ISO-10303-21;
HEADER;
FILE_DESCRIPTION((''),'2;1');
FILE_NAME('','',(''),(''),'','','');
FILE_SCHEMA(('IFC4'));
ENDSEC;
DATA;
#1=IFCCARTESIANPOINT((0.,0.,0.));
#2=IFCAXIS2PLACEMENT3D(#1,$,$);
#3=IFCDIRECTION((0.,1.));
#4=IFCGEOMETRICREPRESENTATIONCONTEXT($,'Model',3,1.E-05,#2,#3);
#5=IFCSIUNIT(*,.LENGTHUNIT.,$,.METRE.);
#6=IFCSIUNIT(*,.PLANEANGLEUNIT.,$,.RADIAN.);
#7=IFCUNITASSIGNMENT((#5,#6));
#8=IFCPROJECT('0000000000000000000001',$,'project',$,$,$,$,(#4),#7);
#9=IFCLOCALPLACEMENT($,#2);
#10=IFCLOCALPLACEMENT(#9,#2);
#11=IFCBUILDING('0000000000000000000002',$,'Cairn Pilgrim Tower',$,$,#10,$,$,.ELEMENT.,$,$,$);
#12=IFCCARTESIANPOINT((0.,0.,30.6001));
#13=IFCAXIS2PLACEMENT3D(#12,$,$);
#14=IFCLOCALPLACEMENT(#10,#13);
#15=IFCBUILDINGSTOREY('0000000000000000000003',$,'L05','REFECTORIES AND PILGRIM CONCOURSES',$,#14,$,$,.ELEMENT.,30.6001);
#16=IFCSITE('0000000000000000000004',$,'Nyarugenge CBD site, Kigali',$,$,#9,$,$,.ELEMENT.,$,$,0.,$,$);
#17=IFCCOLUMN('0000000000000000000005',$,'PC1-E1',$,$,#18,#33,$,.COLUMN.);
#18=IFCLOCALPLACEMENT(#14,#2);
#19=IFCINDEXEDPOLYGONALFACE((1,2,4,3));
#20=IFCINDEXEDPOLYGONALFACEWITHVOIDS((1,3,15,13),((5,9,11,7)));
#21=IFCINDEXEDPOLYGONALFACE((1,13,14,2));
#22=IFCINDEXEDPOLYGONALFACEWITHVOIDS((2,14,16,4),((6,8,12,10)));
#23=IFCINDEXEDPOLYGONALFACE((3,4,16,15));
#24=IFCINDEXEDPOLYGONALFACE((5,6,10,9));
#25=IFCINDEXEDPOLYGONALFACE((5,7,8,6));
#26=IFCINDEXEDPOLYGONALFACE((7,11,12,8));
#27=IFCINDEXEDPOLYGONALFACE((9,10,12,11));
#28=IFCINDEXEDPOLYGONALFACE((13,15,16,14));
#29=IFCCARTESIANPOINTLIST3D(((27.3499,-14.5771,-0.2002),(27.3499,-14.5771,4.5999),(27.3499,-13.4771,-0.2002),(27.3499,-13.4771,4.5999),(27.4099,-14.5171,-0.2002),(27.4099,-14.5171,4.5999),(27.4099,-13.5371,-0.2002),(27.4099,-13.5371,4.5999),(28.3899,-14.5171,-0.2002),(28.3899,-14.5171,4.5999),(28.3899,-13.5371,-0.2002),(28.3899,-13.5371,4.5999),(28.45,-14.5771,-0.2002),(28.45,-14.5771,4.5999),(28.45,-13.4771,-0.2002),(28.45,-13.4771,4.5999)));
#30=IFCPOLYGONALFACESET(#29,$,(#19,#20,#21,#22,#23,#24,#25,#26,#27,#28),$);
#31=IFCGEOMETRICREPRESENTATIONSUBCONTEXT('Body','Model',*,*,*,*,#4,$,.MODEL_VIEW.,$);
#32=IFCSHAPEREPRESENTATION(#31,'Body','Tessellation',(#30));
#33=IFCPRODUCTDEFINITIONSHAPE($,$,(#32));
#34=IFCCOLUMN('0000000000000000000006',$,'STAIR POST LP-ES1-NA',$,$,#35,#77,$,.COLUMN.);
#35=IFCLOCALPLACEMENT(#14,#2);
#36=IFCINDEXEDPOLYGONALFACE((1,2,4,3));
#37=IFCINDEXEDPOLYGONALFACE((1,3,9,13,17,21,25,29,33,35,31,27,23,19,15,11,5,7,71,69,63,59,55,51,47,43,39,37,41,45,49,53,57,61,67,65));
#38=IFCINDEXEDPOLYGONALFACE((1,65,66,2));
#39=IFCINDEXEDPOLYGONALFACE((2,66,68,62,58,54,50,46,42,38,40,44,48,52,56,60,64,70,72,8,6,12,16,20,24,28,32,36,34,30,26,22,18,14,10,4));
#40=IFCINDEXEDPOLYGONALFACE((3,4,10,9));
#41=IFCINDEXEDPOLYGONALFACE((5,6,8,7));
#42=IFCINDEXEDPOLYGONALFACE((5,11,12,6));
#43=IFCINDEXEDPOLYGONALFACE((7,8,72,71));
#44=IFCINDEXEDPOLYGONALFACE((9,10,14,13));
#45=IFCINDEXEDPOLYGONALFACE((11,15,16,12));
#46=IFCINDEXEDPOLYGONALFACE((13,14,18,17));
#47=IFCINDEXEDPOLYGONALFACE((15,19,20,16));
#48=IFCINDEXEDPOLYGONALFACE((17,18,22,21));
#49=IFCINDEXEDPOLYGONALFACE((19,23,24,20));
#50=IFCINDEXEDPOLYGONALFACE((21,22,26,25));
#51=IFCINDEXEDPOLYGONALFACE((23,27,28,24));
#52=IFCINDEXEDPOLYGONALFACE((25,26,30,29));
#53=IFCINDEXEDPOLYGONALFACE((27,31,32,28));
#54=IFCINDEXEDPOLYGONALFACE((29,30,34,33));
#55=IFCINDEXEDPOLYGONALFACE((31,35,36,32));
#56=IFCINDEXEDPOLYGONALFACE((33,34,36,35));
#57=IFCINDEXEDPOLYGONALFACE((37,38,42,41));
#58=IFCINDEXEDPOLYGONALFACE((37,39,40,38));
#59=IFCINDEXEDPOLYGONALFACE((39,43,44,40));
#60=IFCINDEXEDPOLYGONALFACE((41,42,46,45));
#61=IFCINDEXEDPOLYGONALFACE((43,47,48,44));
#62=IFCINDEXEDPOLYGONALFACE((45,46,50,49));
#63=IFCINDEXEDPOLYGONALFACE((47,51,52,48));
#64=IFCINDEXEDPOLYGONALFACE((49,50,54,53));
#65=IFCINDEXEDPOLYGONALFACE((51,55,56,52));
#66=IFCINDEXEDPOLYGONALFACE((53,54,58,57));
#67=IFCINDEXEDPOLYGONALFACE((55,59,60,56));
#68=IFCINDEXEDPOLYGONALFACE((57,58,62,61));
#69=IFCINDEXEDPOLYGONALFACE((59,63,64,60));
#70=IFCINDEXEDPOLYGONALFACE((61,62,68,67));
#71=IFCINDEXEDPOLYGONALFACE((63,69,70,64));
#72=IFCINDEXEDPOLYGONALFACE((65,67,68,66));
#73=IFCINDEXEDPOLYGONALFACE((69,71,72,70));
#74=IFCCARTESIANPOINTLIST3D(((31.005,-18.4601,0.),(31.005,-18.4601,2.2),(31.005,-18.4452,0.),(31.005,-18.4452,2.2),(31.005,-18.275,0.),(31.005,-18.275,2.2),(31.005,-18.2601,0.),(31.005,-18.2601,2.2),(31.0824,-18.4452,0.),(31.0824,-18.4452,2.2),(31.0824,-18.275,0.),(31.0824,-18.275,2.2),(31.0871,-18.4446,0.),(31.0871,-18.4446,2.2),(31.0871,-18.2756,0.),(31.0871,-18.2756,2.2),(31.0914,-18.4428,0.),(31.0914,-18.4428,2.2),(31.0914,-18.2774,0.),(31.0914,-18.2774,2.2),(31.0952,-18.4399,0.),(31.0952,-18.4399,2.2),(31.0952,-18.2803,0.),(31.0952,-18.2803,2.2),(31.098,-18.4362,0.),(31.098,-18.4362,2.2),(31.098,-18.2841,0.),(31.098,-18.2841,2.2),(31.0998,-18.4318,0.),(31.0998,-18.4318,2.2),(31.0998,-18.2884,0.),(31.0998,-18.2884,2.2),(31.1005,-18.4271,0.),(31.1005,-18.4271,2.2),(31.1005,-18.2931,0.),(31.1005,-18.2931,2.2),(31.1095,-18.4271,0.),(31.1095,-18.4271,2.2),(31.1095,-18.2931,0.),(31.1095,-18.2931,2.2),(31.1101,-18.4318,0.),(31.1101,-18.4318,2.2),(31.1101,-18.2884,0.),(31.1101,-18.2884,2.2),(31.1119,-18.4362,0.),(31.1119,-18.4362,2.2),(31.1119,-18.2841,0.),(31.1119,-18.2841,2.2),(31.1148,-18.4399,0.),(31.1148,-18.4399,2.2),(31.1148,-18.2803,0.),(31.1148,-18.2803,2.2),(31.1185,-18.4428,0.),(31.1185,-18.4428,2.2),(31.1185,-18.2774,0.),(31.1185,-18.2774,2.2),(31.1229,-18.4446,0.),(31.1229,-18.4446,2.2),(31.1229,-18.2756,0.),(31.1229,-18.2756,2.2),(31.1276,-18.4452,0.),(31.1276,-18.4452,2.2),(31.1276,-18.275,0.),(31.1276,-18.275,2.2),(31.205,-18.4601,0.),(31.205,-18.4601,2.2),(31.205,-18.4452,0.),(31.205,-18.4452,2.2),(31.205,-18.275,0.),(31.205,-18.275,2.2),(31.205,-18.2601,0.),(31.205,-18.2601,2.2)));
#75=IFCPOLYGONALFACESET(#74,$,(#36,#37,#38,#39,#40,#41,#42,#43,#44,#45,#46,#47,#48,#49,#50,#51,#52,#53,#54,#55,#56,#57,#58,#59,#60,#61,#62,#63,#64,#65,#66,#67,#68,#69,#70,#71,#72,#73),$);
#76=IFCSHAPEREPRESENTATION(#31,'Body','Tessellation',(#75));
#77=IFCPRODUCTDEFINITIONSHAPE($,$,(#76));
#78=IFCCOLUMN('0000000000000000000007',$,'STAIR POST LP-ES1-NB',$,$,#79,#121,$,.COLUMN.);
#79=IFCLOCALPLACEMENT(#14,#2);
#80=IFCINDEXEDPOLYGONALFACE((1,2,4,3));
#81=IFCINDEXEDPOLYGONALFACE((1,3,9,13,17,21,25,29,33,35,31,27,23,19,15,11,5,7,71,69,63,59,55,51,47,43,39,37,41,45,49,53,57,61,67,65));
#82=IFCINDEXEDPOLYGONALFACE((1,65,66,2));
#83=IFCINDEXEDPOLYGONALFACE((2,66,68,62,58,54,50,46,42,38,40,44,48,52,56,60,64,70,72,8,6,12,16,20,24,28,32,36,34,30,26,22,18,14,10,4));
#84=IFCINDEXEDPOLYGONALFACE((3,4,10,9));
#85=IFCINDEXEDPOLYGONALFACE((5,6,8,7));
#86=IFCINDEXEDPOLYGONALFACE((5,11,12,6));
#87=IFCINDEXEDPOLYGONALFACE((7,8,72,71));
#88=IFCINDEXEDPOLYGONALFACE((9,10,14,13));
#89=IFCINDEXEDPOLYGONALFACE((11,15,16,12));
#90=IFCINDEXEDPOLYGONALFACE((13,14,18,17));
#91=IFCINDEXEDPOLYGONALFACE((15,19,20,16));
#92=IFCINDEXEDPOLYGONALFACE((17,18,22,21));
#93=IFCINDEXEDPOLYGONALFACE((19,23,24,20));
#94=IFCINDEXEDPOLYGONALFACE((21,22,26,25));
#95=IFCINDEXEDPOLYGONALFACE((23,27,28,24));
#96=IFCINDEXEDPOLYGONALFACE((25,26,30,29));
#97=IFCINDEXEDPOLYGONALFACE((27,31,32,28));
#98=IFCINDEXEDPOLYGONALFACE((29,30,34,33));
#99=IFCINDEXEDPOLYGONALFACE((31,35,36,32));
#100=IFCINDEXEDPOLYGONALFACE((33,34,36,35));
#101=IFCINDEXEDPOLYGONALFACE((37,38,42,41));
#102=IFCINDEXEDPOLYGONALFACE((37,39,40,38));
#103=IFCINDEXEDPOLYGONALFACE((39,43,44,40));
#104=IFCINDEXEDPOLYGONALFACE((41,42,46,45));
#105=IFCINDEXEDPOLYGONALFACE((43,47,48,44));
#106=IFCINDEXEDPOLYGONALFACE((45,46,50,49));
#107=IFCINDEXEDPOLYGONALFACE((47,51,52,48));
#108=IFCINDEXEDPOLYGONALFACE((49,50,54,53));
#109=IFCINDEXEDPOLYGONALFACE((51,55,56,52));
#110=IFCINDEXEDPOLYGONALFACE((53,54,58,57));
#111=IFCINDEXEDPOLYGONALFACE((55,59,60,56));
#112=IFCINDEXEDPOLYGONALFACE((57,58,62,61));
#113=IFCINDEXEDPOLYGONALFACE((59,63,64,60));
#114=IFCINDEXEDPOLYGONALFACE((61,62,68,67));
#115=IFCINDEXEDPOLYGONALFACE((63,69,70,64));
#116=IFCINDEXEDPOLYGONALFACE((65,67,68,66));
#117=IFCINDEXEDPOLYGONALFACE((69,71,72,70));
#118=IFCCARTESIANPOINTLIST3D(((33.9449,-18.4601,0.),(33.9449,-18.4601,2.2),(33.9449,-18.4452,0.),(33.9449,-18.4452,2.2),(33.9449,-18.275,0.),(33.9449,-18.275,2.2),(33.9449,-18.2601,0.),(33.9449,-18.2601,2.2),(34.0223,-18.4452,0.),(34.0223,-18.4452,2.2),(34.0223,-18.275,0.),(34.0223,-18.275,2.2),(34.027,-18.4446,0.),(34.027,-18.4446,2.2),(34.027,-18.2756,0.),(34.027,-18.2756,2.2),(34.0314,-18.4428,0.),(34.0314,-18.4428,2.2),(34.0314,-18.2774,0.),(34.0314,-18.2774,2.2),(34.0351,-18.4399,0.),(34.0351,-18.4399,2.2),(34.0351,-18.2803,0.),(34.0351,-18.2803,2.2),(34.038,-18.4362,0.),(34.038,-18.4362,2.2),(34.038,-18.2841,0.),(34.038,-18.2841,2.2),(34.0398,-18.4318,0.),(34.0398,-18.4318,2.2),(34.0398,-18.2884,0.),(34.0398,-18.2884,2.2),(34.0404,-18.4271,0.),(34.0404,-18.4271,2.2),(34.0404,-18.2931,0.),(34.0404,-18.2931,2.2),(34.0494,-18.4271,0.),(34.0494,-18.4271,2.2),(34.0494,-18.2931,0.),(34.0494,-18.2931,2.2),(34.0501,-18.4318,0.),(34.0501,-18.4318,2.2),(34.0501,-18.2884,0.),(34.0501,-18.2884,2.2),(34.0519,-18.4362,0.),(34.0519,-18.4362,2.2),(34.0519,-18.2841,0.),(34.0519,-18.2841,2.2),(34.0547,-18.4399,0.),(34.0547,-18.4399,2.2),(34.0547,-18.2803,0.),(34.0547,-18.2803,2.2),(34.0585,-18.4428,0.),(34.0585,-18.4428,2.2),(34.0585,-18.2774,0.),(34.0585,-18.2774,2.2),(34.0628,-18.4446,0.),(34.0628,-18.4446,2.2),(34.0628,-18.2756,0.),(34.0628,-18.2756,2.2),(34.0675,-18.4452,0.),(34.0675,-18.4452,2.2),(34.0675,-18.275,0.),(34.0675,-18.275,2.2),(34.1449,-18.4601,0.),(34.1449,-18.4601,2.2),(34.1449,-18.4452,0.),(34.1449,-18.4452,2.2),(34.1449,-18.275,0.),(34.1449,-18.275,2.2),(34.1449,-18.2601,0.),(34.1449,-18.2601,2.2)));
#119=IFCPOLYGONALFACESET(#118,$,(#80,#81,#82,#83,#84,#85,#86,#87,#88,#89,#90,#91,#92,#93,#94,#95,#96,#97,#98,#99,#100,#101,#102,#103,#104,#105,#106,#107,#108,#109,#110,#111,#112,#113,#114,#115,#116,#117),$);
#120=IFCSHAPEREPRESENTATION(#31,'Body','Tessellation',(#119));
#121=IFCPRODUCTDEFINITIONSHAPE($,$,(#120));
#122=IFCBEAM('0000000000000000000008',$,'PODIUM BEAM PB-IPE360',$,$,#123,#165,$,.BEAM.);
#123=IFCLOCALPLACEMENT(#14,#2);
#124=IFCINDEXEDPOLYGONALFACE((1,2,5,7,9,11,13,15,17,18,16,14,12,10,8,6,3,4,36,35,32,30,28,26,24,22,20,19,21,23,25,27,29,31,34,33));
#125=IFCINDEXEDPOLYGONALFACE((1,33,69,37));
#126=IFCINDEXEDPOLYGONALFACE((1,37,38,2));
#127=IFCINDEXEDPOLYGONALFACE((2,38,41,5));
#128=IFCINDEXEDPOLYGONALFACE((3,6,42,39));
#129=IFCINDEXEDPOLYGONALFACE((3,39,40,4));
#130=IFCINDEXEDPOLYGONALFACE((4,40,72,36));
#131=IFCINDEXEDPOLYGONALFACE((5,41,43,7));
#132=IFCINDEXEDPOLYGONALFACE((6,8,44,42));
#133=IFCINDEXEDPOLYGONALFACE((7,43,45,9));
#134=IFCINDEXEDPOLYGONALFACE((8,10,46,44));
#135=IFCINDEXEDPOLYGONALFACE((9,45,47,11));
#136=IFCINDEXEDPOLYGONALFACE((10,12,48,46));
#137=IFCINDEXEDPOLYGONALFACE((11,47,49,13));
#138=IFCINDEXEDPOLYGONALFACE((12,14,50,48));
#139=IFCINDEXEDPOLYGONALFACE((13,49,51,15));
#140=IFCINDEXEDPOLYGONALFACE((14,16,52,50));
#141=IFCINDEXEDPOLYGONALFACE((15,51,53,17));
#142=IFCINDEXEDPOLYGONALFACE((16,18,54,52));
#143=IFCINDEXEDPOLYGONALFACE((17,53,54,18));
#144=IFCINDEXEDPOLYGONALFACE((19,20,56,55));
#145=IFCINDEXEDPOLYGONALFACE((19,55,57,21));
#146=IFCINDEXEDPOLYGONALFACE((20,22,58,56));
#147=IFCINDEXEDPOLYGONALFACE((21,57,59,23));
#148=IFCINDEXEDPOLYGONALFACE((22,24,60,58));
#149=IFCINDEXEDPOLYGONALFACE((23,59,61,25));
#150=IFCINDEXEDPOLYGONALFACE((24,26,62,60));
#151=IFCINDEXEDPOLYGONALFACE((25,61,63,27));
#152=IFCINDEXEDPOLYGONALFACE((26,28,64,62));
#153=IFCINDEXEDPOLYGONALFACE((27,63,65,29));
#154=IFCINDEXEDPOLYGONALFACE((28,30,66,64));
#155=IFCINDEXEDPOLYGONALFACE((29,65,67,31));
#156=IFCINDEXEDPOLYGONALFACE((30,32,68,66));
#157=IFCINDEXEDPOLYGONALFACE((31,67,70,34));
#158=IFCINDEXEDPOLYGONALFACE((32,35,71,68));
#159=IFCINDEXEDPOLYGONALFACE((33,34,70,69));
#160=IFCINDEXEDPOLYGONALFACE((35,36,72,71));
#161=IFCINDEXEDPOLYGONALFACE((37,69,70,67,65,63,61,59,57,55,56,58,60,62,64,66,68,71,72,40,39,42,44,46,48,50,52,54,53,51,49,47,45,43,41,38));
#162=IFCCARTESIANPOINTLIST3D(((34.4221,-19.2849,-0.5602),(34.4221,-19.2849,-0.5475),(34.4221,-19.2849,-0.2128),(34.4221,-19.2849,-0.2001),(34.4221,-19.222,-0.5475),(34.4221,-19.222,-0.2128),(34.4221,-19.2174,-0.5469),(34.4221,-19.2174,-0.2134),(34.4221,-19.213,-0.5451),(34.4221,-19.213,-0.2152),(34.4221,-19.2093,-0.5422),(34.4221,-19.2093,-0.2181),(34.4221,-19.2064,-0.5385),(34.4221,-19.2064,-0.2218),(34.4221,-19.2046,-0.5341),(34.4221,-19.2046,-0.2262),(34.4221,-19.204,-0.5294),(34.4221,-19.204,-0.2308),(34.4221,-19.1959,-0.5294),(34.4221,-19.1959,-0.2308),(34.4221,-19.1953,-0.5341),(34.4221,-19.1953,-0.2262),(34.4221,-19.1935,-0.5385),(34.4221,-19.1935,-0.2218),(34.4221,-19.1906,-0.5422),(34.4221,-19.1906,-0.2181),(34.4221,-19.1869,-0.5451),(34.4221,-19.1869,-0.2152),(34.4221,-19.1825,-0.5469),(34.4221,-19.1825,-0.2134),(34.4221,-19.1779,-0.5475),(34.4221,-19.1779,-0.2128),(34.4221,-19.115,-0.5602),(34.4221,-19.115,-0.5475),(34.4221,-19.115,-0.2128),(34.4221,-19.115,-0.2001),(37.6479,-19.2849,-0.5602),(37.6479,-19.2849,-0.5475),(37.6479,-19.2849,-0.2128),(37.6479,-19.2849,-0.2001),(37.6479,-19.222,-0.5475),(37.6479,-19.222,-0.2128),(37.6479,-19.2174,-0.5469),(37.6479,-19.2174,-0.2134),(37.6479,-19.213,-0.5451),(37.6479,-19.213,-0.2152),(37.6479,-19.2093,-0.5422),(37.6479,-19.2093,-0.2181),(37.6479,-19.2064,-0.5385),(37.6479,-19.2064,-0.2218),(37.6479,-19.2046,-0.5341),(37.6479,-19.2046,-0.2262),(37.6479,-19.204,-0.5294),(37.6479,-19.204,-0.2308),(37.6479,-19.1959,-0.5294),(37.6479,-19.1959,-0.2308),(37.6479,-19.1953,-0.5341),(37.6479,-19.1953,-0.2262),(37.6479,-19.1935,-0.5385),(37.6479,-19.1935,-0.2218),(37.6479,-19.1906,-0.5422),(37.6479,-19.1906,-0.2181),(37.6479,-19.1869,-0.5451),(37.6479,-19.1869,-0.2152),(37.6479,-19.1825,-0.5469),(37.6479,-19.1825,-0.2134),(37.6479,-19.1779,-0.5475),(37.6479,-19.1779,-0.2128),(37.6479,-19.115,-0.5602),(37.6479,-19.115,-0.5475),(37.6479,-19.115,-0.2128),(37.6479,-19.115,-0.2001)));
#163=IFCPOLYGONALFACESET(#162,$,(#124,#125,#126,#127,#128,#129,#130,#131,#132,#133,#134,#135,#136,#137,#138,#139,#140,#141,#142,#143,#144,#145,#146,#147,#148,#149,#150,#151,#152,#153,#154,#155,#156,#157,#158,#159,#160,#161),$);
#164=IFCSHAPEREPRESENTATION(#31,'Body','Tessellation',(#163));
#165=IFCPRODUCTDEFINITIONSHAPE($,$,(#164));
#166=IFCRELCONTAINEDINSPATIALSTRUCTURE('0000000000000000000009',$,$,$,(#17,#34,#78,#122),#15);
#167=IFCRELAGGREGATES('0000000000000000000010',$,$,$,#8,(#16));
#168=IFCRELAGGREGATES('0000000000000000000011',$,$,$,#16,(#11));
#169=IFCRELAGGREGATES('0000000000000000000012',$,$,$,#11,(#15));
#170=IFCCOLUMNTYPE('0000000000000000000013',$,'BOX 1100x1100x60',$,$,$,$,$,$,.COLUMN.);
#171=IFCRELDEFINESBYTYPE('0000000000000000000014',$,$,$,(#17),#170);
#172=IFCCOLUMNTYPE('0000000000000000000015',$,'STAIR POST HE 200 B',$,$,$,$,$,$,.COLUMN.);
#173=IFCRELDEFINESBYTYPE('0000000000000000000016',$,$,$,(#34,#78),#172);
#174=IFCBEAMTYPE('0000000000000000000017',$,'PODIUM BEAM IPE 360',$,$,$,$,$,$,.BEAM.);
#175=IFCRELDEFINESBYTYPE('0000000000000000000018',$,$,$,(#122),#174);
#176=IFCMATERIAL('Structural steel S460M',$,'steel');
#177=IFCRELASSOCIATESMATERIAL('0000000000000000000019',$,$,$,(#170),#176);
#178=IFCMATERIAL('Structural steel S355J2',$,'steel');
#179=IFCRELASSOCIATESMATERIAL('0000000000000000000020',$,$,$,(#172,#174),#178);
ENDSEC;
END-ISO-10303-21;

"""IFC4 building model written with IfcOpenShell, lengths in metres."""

from ifc_helpers import new_model, si_unit, direction, frame, origin, origin_2d, place, context, subcontext, project, spatial, hollow_rectangle, i_section, extrude, material, material_profile, profile_set, type_object, element, save


model = new_model("IFC4")

# Units and contexts
model_context = context("Model", 3, precision=1e-05, world=origin(), true_north=direction((0.0, 1.0)))
body_context = subcontext(model_context, "Body", "Model", "MODEL_VIEW")
ifc_project = project(units=[si_unit("LENGTHUNIT", "METRE"), si_unit("PLANEANGLEUNIT", "RADIAN")], contexts=[model_context])

# Site, building, storey
site_placement = place(None, origin())
site = spatial("IfcSite", under=ifc_project, at=site_placement, Name="Nyarugenge CBD site, Kigali", CompositionType="ELEMENT", RefElevation=0.0)
building_placement = place(site_placement, origin())
building = spatial("IfcBuilding", under=site, at=building_placement, Name="Cairn Pilgrim Tower", CompositionType="ELEMENT")
storey_placement = place(building_placement, frame((0.0, 0.0, 30.6001)))
storey = spatial("IfcBuildingStorey", under=building, at=storey_placement, Name="L05", Description="REFECTORIES AND PILGRIM CONCOURSES", CompositionType="ELEMENT", Elevation=30.6001)

# Columns
ifc_material_1 = material(Name="Structural steel S460M", Category="steel")
ifc_material_profile_1 = material_profile(ifc_material_1, hollow_rectangle(XDim=1.1001, YDim=1.1001, WallThickness=0.0601, at=origin_2d()), Name="BOX 1100x1100x60")
ifc_profile_set_1 = profile_set([ifc_material_profile_1], Name="Structural steel S460M")
column_type_1 = type_object("IfcColumnType", Name="BOX 1100x1100x60", PredefinedType="COLUMN", material=ifc_profile_set_1)
column_placement = place(storey_placement, frame((27.8999, -14.0271, -0.2002), z_axis=(0.0, 0.0, 1.0), x_axis=(1.0, 0.0, 0.0)))
element("IfcColumn", 1, at=column_placement, inside=storey, type_object=column_type_1, Name="PC1-E1", PredefinedType="COLUMN", context=body_context, shape_type="SweptSolid", body=[
    extrude(hollow_rectangle(XDim=1.1001, YDim=1.1001, WallThickness=0.0601, at=origin_2d()), origin(), (0.0, 0.0, 1.0), 4.8),
])
ifc_material_2 = material(Name="Structural steel S355J2", Category="steel")
ifc_material_profile_2 = material_profile(ifc_material_2, i_section(OverallWidth=0.2, OverallDepth=0.2, WebThickness=0.009, FlangeThickness=0.0149, FilletRadius=0.0181, at=origin_2d()), Name="HE 200 B")
ifc_profile_set_2 = profile_set([ifc_material_profile_2], Name="Structural steel S355J2")
column_type_2 = type_object("IfcColumnType", Name="STAIR POST HE 200 B", PredefinedType="COLUMN", material=ifc_profile_set_2)
for number, where, z_axis, x_axis, name in (
    (2, (31.105, -18.3601, 0.0), (0.0, 0.0, 1.0), (1.0, 0.0, 0.0), "STAIR POST LP-ES1-NA"),
    (3, (34.0449, -18.3601, 0.0), (0.0, 0.0, 1.0), (1.0, 0.0, 0.0), "STAIR POST LP-ES1-NB"),
):
    element("IfcColumn", number, at=place(storey_placement, frame(where, z_axis=z_axis, x_axis=x_axis)), inside=storey, type_object=column_type_2, Name=name, PredefinedType="COLUMN", context=body_context, shape_type="SweptSolid", body=[
        extrude(i_section(OverallWidth=0.2, OverallDepth=0.2, WebThickness=0.009, FlangeThickness=0.0149, FilletRadius=0.0181, at=origin_2d()), origin(), (0.0, 0.0, 1.0), 2.2),
    ])

# Beam
ifc_material_profile_3 = material_profile(ifc_material_2, i_section(OverallWidth=0.1699, OverallDepth=0.3601, WebThickness=0.0081, FlangeThickness=0.0127, FilletRadius=0.0181, at=origin_2d()), Name="IPE 360")
ifc_profile_set_3 = profile_set([ifc_material_profile_3], Name="Structural steel S355J2")
beam_type_1 = type_object("IfcBeamType", Name="PODIUM BEAM IPE 360", PredefinedType="BEAM", material=ifc_profile_set_3)
beam_1_placement = place(storey_placement, frame((34.4221, -19.2, -0.3801), z_axis=(1.0, 0.0, 0.0), x_axis=(0.0, 1.0, 0.0)))
element("IfcBeam", 4, at=beam_1_placement, inside=storey, type_object=beam_type_1, Name="PODIUM BEAM PB-IPE360", PredefinedType="BEAM", context=body_context, shape_type="SweptSolid", body=[
    extrude(i_section(OverallWidth=0.1699, OverallDepth=0.3601, WebThickness=0.0081, FlangeThickness=0.0127, FilletRadius=0.0181, at=origin_2d()), origin(), (0.0, 0.0, 1.0), 3.2258),
])

save(model, "model.ifc")
